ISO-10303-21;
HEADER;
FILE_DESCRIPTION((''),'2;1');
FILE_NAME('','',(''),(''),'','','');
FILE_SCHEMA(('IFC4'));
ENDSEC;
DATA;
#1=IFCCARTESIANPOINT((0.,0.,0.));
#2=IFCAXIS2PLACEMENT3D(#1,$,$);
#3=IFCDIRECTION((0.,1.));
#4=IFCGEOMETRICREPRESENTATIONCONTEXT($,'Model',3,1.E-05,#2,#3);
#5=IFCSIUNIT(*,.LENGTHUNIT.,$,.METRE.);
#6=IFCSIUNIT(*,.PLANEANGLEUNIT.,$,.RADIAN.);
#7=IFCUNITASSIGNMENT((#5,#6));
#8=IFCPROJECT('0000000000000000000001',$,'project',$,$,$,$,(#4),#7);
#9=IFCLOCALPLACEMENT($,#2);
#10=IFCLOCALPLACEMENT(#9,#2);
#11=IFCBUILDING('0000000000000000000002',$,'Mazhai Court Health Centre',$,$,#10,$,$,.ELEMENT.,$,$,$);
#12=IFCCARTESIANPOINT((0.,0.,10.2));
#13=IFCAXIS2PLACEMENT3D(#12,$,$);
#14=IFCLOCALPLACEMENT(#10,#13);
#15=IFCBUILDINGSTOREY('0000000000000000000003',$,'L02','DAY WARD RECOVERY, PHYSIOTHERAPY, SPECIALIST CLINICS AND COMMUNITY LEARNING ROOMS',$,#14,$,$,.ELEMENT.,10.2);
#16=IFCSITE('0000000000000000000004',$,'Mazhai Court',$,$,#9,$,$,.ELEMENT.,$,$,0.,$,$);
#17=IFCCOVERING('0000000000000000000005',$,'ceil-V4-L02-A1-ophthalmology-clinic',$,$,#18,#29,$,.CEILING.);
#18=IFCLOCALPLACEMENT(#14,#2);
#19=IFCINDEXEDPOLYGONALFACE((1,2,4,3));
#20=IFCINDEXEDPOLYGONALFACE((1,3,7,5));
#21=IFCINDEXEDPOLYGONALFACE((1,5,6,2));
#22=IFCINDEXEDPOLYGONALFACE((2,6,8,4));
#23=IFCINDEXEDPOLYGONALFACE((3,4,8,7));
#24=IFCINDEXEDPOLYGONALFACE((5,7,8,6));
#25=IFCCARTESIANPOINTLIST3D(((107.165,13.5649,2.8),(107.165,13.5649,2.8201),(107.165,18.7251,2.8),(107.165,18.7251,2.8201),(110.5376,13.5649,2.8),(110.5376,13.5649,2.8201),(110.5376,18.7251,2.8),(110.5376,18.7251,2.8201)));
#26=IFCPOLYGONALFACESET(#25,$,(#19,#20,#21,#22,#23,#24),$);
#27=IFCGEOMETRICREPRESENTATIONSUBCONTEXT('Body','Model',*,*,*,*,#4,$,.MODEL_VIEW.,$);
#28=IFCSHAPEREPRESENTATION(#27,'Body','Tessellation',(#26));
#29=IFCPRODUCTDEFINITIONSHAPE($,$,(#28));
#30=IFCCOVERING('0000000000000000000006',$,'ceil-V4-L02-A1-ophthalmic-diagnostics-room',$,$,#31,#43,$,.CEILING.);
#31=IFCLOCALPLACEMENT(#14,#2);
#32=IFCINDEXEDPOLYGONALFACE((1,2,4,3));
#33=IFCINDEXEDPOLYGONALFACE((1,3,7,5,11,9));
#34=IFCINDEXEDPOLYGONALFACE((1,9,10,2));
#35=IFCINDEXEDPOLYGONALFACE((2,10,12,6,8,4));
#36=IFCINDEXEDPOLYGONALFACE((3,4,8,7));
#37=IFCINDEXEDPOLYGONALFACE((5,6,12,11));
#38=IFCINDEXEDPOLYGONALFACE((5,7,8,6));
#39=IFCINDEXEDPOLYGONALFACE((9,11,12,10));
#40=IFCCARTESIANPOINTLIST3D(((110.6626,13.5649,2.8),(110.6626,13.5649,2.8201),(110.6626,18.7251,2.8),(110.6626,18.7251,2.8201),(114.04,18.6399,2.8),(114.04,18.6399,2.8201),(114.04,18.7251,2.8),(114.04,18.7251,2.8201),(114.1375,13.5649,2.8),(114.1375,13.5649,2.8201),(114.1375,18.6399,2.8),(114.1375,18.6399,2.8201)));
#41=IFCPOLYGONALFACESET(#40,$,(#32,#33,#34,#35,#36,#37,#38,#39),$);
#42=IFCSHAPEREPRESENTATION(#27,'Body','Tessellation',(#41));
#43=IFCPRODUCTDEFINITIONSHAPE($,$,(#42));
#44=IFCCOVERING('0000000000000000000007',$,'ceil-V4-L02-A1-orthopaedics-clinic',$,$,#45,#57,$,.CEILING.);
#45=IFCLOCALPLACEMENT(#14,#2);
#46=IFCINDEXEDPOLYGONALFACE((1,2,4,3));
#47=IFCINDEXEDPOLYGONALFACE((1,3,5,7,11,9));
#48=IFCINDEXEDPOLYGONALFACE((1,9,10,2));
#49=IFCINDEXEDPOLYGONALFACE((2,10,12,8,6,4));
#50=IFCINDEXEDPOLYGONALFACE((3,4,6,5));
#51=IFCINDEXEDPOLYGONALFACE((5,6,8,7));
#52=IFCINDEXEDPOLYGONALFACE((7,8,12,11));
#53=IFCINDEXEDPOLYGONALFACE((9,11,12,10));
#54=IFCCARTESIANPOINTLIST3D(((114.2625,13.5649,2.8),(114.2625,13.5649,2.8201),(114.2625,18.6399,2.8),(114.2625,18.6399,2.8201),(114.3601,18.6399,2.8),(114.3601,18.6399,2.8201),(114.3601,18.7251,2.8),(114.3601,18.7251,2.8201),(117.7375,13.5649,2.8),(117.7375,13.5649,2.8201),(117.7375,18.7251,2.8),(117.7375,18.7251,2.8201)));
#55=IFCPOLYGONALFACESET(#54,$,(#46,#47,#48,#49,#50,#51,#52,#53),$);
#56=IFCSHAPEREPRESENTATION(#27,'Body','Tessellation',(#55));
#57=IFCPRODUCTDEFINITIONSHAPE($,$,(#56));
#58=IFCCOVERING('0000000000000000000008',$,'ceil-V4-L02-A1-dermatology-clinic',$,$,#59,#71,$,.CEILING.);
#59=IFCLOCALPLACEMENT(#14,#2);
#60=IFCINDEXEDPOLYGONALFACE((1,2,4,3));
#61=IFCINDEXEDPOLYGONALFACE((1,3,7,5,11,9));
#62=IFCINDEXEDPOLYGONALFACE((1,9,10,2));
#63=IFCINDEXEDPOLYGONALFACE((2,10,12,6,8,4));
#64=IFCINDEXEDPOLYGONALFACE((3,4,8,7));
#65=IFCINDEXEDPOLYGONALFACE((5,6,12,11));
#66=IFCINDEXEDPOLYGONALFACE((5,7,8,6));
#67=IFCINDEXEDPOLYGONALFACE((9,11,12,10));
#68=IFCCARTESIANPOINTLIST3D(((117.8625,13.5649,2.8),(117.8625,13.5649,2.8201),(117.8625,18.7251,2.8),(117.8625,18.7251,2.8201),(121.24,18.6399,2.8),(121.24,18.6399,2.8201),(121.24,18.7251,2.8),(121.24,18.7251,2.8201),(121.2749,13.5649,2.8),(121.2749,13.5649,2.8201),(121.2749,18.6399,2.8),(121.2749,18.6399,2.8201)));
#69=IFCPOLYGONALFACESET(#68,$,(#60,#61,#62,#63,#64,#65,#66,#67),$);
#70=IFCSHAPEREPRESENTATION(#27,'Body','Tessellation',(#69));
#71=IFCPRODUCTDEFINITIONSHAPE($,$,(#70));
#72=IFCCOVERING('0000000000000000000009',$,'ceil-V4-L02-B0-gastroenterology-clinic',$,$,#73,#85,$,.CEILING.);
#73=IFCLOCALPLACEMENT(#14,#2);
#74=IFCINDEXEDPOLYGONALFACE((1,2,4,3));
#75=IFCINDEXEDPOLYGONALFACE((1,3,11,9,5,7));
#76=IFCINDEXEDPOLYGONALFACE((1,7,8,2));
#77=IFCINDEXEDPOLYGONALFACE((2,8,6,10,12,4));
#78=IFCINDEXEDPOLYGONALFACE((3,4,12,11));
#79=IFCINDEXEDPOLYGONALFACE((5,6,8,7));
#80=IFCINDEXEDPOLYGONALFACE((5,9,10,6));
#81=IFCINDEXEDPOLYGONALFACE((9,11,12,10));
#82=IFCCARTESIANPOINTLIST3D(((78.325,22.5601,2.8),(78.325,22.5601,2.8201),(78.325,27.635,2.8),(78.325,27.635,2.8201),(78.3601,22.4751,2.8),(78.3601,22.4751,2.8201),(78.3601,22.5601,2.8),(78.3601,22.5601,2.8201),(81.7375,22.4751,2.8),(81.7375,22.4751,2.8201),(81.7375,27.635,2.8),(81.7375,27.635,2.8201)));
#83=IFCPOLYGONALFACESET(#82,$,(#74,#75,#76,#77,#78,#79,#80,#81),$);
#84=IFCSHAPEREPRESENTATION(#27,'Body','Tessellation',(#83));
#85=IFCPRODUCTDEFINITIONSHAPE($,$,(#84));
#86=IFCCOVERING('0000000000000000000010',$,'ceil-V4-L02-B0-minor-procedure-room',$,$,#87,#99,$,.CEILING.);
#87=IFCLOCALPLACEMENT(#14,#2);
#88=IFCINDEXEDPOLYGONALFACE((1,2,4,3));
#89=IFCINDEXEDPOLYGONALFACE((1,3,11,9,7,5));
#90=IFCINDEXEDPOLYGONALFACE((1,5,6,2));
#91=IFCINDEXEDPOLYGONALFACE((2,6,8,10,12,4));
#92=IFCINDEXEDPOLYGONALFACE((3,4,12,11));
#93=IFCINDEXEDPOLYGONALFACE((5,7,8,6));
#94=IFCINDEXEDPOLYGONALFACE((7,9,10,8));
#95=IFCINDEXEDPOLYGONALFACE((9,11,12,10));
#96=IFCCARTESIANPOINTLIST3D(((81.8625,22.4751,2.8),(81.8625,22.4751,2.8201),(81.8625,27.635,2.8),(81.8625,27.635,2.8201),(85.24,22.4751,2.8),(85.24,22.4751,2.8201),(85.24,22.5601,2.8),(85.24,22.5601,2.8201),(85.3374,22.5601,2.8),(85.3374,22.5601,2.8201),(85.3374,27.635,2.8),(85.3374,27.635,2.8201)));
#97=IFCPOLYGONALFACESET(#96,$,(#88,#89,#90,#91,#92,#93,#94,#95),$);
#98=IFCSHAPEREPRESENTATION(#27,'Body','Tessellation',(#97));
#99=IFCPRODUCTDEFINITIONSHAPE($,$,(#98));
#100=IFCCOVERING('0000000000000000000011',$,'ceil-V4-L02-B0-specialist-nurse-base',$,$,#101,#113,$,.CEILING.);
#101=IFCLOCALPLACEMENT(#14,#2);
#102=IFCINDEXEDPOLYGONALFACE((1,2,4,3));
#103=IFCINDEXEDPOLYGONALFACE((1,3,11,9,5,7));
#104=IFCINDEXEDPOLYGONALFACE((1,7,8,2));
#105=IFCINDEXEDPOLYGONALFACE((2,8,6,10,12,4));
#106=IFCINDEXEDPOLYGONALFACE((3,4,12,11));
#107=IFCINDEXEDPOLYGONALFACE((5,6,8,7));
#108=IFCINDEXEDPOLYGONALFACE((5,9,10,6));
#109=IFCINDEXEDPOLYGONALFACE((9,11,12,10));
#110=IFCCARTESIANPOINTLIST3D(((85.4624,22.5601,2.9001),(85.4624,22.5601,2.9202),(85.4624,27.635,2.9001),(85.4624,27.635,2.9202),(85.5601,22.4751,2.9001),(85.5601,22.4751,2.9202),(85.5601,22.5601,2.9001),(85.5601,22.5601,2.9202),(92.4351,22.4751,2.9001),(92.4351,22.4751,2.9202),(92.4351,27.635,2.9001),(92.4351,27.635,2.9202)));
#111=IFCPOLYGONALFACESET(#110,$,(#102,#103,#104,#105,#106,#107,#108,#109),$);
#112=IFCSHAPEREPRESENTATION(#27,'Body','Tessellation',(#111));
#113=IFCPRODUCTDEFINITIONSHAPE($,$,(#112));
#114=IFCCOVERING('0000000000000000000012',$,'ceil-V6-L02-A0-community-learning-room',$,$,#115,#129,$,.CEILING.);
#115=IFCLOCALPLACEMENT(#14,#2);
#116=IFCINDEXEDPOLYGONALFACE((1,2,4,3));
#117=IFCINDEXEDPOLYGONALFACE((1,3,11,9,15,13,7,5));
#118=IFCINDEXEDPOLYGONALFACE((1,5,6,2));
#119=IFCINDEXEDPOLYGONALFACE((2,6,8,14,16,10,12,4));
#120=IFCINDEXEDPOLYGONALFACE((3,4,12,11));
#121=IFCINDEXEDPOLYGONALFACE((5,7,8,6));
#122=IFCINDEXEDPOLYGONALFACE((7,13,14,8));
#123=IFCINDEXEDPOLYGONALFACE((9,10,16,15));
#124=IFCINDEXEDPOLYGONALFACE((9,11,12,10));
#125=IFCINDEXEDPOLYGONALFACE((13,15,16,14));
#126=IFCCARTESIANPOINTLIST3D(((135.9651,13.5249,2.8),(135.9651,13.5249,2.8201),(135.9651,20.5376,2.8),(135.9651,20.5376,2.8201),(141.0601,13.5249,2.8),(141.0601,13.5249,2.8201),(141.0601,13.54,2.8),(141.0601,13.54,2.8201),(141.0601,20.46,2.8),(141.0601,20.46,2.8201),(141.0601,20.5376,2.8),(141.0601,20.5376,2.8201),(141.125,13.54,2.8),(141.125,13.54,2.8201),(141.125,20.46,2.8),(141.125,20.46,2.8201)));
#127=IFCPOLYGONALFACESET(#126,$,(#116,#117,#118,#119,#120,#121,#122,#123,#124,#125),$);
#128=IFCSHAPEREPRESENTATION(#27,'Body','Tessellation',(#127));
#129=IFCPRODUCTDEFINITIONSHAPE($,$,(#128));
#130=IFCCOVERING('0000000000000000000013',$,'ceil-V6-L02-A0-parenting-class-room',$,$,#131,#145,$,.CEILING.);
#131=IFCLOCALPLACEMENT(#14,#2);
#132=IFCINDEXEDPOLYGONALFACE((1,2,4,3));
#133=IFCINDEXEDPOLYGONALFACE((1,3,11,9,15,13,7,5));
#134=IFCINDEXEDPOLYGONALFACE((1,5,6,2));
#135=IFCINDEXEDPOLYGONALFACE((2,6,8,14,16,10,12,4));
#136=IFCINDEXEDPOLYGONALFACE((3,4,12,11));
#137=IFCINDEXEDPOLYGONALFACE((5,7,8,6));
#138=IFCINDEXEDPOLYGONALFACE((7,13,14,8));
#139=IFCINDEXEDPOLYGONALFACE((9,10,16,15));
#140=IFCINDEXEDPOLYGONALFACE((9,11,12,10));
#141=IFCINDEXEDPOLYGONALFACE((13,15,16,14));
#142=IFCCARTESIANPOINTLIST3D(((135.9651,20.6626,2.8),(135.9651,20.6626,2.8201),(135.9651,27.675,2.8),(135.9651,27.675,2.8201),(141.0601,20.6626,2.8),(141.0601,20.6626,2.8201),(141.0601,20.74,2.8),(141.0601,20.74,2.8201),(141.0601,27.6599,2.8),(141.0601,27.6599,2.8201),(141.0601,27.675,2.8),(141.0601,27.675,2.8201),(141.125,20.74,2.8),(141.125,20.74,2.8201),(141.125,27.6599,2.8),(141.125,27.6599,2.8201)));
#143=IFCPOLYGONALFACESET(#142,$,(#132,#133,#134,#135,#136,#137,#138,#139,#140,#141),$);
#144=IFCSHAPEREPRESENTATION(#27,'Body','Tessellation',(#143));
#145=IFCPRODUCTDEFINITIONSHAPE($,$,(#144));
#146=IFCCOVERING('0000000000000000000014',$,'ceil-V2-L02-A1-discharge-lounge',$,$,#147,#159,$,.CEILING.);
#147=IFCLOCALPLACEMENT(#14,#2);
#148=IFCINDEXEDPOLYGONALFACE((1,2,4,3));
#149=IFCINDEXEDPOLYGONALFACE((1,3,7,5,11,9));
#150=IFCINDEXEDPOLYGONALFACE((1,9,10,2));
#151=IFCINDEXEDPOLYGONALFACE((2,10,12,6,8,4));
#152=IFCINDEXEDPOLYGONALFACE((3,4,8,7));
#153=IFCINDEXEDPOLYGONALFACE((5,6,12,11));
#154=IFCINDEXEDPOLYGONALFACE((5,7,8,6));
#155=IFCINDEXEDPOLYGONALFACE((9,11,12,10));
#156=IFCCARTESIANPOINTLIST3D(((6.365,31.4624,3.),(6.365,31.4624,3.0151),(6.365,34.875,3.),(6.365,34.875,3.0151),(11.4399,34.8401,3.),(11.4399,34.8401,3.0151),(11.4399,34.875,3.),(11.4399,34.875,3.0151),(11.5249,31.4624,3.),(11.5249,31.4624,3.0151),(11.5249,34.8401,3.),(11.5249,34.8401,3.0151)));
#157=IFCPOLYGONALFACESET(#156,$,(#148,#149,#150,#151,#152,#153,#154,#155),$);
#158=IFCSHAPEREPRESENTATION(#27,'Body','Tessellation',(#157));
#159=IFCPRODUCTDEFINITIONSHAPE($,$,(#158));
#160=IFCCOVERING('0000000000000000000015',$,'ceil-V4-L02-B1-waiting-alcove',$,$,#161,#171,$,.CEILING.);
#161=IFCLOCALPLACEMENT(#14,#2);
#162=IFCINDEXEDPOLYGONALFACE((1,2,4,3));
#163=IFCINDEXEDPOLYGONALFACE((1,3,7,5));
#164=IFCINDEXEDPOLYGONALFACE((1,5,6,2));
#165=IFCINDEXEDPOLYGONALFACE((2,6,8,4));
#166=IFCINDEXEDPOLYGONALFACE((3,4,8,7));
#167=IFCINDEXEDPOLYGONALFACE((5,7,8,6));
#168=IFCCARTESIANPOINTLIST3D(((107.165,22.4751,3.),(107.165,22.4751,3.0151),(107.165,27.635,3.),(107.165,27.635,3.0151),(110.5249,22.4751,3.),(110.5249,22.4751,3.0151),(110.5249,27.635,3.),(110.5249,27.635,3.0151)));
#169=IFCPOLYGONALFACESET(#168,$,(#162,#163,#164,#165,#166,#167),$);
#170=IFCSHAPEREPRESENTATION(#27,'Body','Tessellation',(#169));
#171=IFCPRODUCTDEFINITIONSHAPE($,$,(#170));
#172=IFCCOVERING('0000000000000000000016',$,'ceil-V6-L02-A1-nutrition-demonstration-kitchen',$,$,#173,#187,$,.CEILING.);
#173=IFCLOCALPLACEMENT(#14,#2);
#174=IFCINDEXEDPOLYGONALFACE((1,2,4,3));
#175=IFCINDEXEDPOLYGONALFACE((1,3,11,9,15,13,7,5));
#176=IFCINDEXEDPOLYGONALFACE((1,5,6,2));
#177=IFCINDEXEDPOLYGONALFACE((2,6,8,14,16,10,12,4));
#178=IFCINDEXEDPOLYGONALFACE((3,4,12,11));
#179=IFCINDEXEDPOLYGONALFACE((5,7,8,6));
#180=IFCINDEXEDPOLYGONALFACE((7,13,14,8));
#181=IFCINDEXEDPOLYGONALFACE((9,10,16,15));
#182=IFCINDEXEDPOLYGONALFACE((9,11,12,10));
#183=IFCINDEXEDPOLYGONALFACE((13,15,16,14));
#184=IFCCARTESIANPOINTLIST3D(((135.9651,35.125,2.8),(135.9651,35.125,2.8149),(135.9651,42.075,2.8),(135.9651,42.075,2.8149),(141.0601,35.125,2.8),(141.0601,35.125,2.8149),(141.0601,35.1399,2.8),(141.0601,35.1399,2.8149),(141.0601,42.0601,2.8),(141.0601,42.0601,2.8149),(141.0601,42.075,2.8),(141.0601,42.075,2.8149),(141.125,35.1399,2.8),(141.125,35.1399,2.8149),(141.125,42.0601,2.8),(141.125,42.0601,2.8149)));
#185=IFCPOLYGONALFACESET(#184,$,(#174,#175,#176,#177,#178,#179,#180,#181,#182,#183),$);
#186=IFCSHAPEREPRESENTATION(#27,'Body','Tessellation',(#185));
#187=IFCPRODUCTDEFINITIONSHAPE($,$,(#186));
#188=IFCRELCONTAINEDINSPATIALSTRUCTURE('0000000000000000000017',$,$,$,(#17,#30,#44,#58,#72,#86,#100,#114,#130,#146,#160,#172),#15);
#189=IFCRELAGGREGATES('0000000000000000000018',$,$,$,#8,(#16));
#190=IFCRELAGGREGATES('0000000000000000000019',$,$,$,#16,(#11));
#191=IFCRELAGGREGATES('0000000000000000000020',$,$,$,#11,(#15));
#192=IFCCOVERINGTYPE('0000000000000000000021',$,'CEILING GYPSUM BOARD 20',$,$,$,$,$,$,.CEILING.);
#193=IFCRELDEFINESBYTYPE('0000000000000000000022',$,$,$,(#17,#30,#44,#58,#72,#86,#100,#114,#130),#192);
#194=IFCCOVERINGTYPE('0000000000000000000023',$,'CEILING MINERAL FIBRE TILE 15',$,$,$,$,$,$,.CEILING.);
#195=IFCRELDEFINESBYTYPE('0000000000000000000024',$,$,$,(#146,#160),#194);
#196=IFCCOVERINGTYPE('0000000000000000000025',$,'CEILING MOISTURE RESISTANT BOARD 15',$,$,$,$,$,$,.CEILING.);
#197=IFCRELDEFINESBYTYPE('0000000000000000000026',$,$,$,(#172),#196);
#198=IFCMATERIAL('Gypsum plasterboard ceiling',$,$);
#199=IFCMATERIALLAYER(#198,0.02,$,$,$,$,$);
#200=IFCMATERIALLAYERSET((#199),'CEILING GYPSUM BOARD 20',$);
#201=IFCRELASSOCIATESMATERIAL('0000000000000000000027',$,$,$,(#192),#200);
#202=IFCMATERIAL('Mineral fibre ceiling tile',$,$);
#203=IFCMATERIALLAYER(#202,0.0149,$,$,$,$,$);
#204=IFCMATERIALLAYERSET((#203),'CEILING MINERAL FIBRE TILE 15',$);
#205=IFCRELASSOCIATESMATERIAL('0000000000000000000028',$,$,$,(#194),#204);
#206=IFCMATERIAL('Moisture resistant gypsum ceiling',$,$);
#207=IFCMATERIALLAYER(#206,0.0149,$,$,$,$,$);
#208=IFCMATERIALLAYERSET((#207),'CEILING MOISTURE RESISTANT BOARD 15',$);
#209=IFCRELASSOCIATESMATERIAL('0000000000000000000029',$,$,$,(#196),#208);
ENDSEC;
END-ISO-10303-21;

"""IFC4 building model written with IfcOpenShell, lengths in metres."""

from ifc_helpers import new_model, si_unit, direction, frame, origin, place, context, subcontext, project, spatial, polyline, outline, extrude, material, layer, layer_set, type_object, element, save


model = new_model("IFC4")

# Units and contexts
model_context = context("Model", 3, precision=1e-05, world=origin(), true_north=direction((0.0, 1.0)))
body_context = subcontext(model_context, "Body", "Model", "MODEL_VIEW")
ifc_project = project(units=[si_unit("LENGTHUNIT", "METRE"), si_unit("PLANEANGLEUNIT", "RADIAN")], contexts=[model_context])

# Site, building, storey
site_placement = place(None, origin())
site = spatial("IfcSite", under=ifc_project, at=site_placement, Name="Mazhai Court", CompositionType="ELEMENT", RefElevation=0.0)
building_placement = place(site_placement, origin())
building = spatial("IfcBuilding", under=site, at=building_placement, Name="Mazhai Court Health Centre", CompositionType="ELEMENT")
storey_placement = place(building_placement, frame((0.0, 0.0, 10.2)))
storey = spatial("IfcBuildingStorey", under=building, at=storey_placement, Name="L02", Description="DAY WARD RECOVERY, PHYSIOTHERAPY, SPECIALIST CLINICS AND COMMUNITY LEARNING ROOMS", CompositionType="ELEMENT", Elevation=10.2)

# Coverings
ifc_material_1 = material(Name="Gypsum plasterboard ceiling")
ifc_layer_1 = layer(ifc_material_1, 0.02)
ifc_layer_set_1 = layer_set([ifc_layer_1], Name="CEILING GYPSUM BOARD 20")
covering_type_1 = type_object("IfcCoveringType", Name="CEILING GYPSUM BOARD 20", PredefinedType="CEILING", material=ifc_layer_set_1)
covering_1_placement = place(storey_placement, frame((0.0, 0.0, 2.8)))
element("IfcCovering", 1, at=covering_1_placement, inside=storey, type_object=covering_type_1, Name="ceil-V4-L02-A1-ophthalmology-clinic", PredefinedType="CEILING", context=body_context, shape_type="SweptSolid", body=[
    extrude(outline(polyline([(110.5376, 13.5649), (110.5376, 18.7251), (107.165, 18.7251), (107.165, 13.5649), (110.5376, 13.5649)])), origin(), (0.0, 0.0, 1.0), 0.02),
])
covering_2_placement = place(storey_placement, frame((0.0, 0.0, 2.8)))
element("IfcCovering", 2, at=covering_2_placement, inside=storey, type_object=covering_type_1, Name="ceil-V4-L02-A1-ophthalmic-diagnostics-room", PredefinedType="CEILING", context=body_context, shape_type="SweptSolid", body=[
    extrude(outline(polyline([(114.1375, 18.6399), (114.04, 18.6399), (114.04, 18.7251), (110.6626, 18.7251), (110.6626, 13.5649), (114.1375, 13.5649), (114.1375, 18.6399)])), origin(), (0.0, 0.0, 1.0), 0.02),
])
covering_3_placement = place(storey_placement, frame((0.0, 0.0, 2.8)))
element("IfcCovering", 3, at=covering_3_placement, inside=storey, type_object=covering_type_1, Name="ceil-V4-L02-A1-orthopaedics-clinic", PredefinedType="CEILING", context=body_context, shape_type="SweptSolid", body=[
    extrude(outline(polyline([(114.3601, 18.7251), (114.3601, 18.6399), (114.2625, 18.6399), (114.2625, 13.5649), (117.7375, 13.5649), (117.7375, 18.7251), (114.3601, 18.7251)])), origin(), (0.0, 0.0, 1.0), 0.02),
])
covering_4_placement = place(storey_placement, frame((0.0, 0.0, 2.8)))
element("IfcCovering", 4, at=covering_4_placement, inside=storey, type_object=covering_type_1, Name="ceil-V4-L02-A1-dermatology-clinic", PredefinedType="CEILING", context=body_context, shape_type="SweptSolid", body=[
    extrude(outline(polyline([(121.2749, 18.6399), (121.24, 18.6399), (121.24, 18.7251), (117.8625, 18.7251), (117.8625, 13.5649), (121.2749, 13.5649), (121.2749, 18.6399)])), origin(), (0.0, 0.0, 1.0), 0.02),
])
covering_5_placement = place(storey_placement, frame((0.0, 0.0, 2.8)))
element("IfcCovering", 5, at=covering_5_placement, inside=storey, type_object=covering_type_1, Name="ceil-V4-L02-B0-gastroenterology-clinic", PredefinedType="CEILING", context=body_context, shape_type="SweptSolid", body=[
    extrude(outline(polyline([(78.325, 22.5601), (78.3601, 22.5601), (78.3601, 22.4751), (81.7375, 22.4751), (81.7375, 27.635), (78.325, 27.635), (78.325, 22.5601)])), origin(), (0.0, 0.0, 1.0), 0.02),
])
covering_6_placement = place(storey_placement, frame((0.0, 0.0, 2.8)))
element("IfcCovering", 6, at=covering_6_placement, inside=storey, type_object=covering_type_1, Name="ceil-V4-L02-B0-minor-procedure-room", PredefinedType="CEILING", context=body_context, shape_type="SweptSolid", body=[
    extrude(outline(polyline([(85.24, 22.4751), (85.24, 22.5601), (85.3374, 22.5601), (85.3374, 27.635), (81.8625, 27.635), (81.8625, 22.4751), (85.24, 22.4751)])), origin(), (0.0, 0.0, 1.0), 0.02),
])
covering_7_placement = place(storey_placement, frame((0.0, 0.0, 2.9001)))
element("IfcCovering", 7, at=covering_7_placement, inside=storey, type_object=covering_type_1, Name="ceil-V4-L02-B0-specialist-nurse-base", PredefinedType="CEILING", context=body_context, shape_type="SweptSolid", body=[
    extrude(outline(polyline([(85.4624, 22.5601), (85.5601, 22.5601), (85.5601, 22.4751), (92.4351, 22.4751), (92.4351, 27.635), (85.4624, 27.635), (85.4624, 22.5601)])), origin(), (0.0, 0.0, 1.0), 0.02),
])
covering_8_placement = place(storey_placement, frame((0.0, 0.0, 2.8)))
element("IfcCovering", 8, at=covering_8_placement, inside=storey, type_object=covering_type_1, Name="ceil-V6-L02-A0-community-learning-room", PredefinedType="CEILING", context=body_context, shape_type="SweptSolid", body=[
    extrude(outline(polyline([(141.125, 20.46), (141.0601, 20.46), (141.0601, 20.5376), (135.9651, 20.5376), (135.9651, 13.5249), (141.0601, 13.5249), (141.0601, 13.54), (141.125, 13.54), (141.125, 20.46)])), origin(), (0.0, 0.0, 1.0), 0.02),
])
covering_9_placement = place(storey_placement, frame((0.0, 0.0, 2.8)))
element("IfcCovering", 9, at=covering_9_placement, inside=storey, type_object=covering_type_1, Name="ceil-V6-L02-A0-parenting-class-room", PredefinedType="CEILING", context=body_context, shape_type="SweptSolid", body=[
    extrude(outline(polyline([(141.125, 27.6599), (141.0601, 27.6599), (141.0601, 27.675), (135.9651, 27.675), (135.9651, 20.6626), (141.0601, 20.6626), (141.0601, 20.74), (141.125, 20.74), (141.125, 27.6599)])), origin(), (0.0, 0.0, 1.0), 0.02),
])
ifc_material_2 = material(Name="Mineral fibre ceiling tile")
ifc_layer_2 = layer(ifc_material_2, 0.0149)
ifc_layer_set_2 = layer_set([ifc_layer_2], Name="CEILING MINERAL FIBRE TILE 15")
covering_type_2 = type_object("IfcCoveringType", Name="CEILING MINERAL FIBRE TILE 15", PredefinedType="CEILING", material=ifc_layer_set_2)
covering_10_placement = place(storey_placement, frame((0.0, 0.0, 3.0)))
element("IfcCovering", 10, at=covering_10_placement, inside=storey, type_object=covering_type_2, Name="ceil-V2-L02-A1-discharge-lounge", PredefinedType="CEILING", context=body_context, shape_type="SweptSolid", body=[
    extrude(outline(polyline([(11.5249, 34.8401), (11.4399, 34.8401), (11.4399, 34.875), (6.365, 34.875), (6.365, 31.4624), (11.5249, 31.4624), (11.5249, 34.8401)])), origin(), (0.0, 0.0, 1.0), 0.0151),
])
covering_11_placement = place(storey_placement, frame((0.0, 0.0, 3.0)))
element("IfcCovering", 11, at=covering_11_placement, inside=storey, type_object=covering_type_2, Name="ceil-V4-L02-B1-waiting-alcove", PredefinedType="CEILING", context=body_context, shape_type="SweptSolid", body=[
    extrude(outline(polyline([(110.5249, 22.4751), (110.5249, 27.635), (107.165, 27.635), (107.165, 22.4751), (110.5249, 22.4751)])), origin(), (0.0, 0.0, 1.0), 0.0151),
])
ifc_material_3 = material(Name="Moisture resistant gypsum ceiling")
ifc_layer_3 = layer(ifc_material_3, 0.0149)
ifc_layer_set_3 = layer_set([ifc_layer_3], Name="CEILING MOISTURE RESISTANT BOARD 15")
covering_type_3 = type_object("IfcCoveringType", Name="CEILING MOISTURE RESISTANT BOARD 15", PredefinedType="CEILING", material=ifc_layer_set_3)
covering_12_placement = place(storey_placement, frame((0.0, 0.0, 2.8)))
element("IfcCovering", 12, at=covering_12_placement, inside=storey, type_object=covering_type_3, Name="ceil-V6-L02-A1-nutrition-demonstration-kitchen", PredefinedType="CEILING", context=body_context, shape_type="SweptSolid", body=[
    extrude(outline(polyline([(141.125, 42.0601), (141.0601, 42.0601), (141.0601, 42.075), (135.9651, 42.075), (135.9651, 35.125), (141.0601, 35.125), (141.0601, 35.1399), (141.125, 35.1399), (141.125, 42.0601)])), origin(), (0.0, 0.0, 1.0), 0.0149),
])

save(model, "model.ifc")
